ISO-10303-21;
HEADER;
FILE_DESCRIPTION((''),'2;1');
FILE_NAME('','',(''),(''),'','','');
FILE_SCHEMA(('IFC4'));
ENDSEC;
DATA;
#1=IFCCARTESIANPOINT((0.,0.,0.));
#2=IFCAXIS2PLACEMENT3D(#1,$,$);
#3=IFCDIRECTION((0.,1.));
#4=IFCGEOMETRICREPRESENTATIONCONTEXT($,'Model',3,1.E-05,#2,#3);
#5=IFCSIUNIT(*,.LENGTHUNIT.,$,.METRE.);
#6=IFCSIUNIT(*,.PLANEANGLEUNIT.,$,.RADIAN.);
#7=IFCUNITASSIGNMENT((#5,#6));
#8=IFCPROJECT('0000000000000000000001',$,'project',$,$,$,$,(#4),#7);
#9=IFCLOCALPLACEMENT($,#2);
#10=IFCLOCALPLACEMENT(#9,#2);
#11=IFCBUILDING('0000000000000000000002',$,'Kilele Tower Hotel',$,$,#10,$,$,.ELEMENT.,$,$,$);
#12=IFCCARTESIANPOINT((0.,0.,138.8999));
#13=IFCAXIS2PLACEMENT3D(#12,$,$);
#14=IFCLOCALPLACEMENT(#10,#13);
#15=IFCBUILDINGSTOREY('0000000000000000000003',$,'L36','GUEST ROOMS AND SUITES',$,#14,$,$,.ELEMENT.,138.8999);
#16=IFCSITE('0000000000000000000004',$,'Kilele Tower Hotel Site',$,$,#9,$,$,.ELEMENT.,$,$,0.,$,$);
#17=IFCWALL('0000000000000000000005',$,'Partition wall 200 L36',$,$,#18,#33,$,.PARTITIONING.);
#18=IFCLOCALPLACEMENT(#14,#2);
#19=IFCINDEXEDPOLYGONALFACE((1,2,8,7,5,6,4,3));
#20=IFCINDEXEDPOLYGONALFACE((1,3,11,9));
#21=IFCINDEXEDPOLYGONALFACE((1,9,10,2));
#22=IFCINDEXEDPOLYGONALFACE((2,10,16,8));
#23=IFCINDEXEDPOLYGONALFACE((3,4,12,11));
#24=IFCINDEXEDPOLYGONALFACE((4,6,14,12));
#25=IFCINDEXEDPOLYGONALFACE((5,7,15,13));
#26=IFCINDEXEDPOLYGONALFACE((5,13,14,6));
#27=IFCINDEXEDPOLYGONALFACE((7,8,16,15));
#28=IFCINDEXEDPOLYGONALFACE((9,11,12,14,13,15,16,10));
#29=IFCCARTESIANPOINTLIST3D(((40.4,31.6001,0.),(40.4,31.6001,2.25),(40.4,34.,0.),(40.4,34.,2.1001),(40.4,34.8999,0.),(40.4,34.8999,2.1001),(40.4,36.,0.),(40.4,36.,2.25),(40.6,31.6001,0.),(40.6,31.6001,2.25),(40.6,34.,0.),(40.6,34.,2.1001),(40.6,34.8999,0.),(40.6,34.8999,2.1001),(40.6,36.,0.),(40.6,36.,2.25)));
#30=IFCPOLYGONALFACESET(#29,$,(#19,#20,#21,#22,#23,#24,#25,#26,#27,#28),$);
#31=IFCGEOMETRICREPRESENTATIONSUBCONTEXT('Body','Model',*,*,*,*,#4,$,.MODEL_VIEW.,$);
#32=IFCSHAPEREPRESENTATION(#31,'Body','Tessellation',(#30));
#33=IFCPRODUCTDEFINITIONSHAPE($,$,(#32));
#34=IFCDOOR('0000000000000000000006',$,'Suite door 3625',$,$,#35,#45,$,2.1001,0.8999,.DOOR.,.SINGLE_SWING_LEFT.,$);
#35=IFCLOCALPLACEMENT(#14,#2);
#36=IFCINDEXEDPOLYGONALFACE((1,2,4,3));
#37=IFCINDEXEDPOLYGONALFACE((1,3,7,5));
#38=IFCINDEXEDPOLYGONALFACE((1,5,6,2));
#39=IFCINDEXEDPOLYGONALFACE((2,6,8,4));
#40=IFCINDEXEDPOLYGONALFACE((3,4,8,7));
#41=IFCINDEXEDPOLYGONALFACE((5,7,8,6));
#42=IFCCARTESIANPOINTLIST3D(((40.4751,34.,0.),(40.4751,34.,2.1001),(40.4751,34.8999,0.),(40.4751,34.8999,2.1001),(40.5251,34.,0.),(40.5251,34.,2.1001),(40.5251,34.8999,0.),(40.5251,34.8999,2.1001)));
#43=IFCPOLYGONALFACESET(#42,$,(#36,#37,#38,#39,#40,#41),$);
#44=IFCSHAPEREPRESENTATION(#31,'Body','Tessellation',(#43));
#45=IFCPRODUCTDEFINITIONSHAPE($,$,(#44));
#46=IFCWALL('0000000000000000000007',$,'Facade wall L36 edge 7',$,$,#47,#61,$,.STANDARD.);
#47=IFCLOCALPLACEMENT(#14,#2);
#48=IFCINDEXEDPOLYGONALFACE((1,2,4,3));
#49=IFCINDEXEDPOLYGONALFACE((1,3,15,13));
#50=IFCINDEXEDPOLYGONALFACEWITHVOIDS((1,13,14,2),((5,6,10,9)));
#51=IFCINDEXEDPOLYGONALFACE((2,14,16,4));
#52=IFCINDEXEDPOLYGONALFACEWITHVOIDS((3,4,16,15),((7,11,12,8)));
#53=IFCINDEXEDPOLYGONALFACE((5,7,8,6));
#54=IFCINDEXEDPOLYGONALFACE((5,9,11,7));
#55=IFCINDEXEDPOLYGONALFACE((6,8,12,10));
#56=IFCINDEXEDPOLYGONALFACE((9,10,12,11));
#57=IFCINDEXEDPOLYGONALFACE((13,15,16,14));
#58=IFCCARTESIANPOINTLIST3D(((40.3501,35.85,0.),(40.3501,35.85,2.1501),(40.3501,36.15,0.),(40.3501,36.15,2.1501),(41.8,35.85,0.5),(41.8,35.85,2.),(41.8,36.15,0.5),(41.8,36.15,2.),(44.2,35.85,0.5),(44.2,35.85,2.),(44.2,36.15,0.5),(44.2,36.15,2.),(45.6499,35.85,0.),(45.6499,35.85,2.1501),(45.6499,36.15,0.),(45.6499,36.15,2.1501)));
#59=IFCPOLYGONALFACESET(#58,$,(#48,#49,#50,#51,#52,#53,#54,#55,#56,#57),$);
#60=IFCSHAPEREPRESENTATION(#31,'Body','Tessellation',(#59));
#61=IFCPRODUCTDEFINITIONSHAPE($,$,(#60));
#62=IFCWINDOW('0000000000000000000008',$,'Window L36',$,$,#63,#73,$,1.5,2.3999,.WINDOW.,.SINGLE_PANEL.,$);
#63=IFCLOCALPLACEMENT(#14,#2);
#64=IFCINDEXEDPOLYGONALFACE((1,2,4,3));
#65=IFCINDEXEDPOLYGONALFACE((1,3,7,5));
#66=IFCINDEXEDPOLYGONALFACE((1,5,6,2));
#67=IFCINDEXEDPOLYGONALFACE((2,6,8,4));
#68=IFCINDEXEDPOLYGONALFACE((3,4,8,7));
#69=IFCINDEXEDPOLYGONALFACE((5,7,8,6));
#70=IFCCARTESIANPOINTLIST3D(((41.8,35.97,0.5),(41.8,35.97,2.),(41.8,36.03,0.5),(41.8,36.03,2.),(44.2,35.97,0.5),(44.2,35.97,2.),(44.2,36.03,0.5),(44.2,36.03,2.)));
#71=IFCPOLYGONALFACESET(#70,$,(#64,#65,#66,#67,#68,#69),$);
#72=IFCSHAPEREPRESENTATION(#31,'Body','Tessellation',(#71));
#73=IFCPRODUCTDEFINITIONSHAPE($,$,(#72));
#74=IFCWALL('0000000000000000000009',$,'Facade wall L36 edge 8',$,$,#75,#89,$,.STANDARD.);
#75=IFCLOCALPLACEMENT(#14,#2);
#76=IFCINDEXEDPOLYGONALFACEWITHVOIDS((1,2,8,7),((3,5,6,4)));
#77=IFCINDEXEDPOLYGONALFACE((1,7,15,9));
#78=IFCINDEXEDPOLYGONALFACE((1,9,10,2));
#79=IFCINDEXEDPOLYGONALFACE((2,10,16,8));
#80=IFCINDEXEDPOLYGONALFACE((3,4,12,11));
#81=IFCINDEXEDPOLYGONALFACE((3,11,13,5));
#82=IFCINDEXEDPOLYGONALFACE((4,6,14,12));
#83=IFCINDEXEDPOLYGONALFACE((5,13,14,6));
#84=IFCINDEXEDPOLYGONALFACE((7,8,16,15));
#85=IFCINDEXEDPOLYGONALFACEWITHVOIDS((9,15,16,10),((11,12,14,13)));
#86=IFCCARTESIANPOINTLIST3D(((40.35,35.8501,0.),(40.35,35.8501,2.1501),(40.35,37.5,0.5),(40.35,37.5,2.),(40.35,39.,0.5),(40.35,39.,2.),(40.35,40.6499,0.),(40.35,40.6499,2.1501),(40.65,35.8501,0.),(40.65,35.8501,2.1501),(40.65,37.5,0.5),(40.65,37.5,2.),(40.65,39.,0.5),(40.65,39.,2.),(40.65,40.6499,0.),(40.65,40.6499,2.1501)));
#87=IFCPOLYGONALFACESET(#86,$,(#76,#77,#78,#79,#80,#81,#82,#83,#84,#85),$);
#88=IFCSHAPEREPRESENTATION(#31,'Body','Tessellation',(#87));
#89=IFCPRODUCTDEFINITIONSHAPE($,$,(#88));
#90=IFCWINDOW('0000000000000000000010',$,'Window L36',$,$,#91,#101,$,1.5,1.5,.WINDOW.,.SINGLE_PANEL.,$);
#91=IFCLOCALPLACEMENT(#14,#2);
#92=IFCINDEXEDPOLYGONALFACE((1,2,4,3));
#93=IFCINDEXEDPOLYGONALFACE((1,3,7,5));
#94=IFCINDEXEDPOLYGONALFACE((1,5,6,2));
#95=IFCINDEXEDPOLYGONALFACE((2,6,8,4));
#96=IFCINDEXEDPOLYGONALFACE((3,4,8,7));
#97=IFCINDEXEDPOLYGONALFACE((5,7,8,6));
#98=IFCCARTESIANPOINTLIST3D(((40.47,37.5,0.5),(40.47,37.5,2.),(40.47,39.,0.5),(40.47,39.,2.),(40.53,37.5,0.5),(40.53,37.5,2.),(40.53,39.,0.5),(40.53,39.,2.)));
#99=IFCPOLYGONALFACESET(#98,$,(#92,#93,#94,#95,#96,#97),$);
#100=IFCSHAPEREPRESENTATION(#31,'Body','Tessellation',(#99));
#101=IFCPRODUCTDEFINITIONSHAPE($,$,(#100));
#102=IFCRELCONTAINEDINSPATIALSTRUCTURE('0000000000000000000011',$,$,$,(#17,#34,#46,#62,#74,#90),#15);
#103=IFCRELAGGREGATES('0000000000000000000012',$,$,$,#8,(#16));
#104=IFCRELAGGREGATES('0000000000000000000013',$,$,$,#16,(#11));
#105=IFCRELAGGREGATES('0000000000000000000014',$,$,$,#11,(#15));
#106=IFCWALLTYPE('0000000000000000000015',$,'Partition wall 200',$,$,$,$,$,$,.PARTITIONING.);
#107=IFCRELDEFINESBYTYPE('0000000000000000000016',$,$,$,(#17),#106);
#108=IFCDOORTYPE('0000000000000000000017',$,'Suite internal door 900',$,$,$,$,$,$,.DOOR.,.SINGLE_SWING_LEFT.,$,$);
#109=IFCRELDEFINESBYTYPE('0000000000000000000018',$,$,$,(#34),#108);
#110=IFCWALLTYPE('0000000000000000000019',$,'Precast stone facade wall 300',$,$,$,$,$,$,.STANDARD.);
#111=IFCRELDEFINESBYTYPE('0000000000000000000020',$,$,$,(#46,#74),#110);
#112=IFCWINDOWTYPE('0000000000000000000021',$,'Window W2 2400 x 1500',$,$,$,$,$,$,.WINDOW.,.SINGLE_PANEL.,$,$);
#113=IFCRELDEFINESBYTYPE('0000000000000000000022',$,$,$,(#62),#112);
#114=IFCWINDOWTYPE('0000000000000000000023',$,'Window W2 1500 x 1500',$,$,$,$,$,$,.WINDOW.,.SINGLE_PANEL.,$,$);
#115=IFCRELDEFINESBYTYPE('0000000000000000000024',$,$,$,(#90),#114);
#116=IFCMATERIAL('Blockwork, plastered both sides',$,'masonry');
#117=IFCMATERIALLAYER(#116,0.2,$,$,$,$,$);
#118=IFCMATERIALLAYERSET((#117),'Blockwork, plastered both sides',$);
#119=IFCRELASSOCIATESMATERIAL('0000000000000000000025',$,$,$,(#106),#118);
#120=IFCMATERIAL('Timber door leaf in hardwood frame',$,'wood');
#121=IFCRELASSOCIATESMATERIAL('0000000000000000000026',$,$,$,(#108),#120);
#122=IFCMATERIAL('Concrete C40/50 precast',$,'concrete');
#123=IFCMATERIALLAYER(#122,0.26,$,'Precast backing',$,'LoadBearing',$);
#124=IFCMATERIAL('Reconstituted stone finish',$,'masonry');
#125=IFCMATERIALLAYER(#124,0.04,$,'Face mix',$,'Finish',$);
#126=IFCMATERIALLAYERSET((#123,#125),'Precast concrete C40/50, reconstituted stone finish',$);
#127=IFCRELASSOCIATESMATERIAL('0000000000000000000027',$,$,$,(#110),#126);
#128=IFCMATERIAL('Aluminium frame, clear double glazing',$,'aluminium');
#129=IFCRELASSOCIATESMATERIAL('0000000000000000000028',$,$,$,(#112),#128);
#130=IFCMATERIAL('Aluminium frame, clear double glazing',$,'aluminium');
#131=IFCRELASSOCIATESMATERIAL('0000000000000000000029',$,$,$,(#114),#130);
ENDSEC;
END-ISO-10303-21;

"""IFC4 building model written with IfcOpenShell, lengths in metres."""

from ifc_helpers import new_model, si_unit, direction, frame, frame_2d, origin, place, context, subcontext, project, spatial, rectangle, extrude, material, layer, layer_set, type_object, element, fill, save


model = new_model("IFC4")

# Units and contexts
model_context = context("Model", 3, precision=1e-05, world=origin(), true_north=direction((0.0, 1.0)))
body_context = subcontext(model_context, "Body", "Model", "MODEL_VIEW")
ifc_project = project(units=[si_unit("LENGTHUNIT", "METRE"), si_unit("PLANEANGLEUNIT", "RADIAN")], contexts=[model_context])

# Site, building, storey
site_placement = place(None, origin())
site = spatial("IfcSite", under=ifc_project, at=site_placement, Name="Kilele Tower Hotel Site", CompositionType="ELEMENT", RefElevation=0.0)
building_placement = place(site_placement, origin())
building = spatial("IfcBuilding", under=site, at=building_placement, Name="Kilele Tower Hotel", CompositionType="ELEMENT")
storey_placement = place(building_placement, frame((0.0, 0.0, 138.8999)))
storey = spatial("IfcBuildingStorey", under=building, at=storey_placement, Name="L36", Description="GUEST ROOMS AND SUITES", CompositionType="ELEMENT", Elevation=138.8999)

# Wall, opening, door
ifc_material_1 = material(Name="Blockwork, plastered both sides", Category="masonry")
ifc_layer_1 = layer(ifc_material_1, 0.2)
ifc_layer_set_1 = layer_set([ifc_layer_1], Name="Blockwork, plastered both sides")
wall_type_1 = type_object("IfcWallType", Name="Partition wall 200", PredefinedType="PARTITIONING", material=ifc_layer_set_1)
wall_1_placement = place(storey_placement, frame((40.5, 31.6001, 0.0), z_axis=(0.0, 0.0, 1.0), x_axis=(0.0, 1.0, 0.0)))
wall_1 = element("IfcWall", 1, at=wall_1_placement, inside=storey, type_object=wall_type_1, Name="Partition wall 200 L36", PredefinedType="PARTITIONING", context=body_context, shape_type="SweptSolid", body=[
    extrude(rectangle(XDim=4.3999, YDim=0.2, at=frame_2d((2.2, 0.0))), origin(), (0.0, 0.0, 1.0), 2.25),
])
opening_1_placement = place(wall_1_placement, frame((2.3999, 0.0, 0.0)))
opening_1 = element("IfcOpeningElement", 2, at=opening_1_placement, cuts=wall_1, PredefinedType="OPENING", context=body_context, shape_type="SweptSolid", body=[
    extrude(rectangle(XDim=0.8999, YDim=2.1001, at=frame_2d((0.45, 1.05))), frame((0.0, 0.1099, 0.0), z_axis=(0.0, -1.0, 0.0), x_axis=(1.0, 0.0, 0.0)), (0.0, 0.0, 1.0), 0.22),
])
ifc_material_2 = material(Name="Timber door leaf in hardwood frame", Category="wood")
door_type_1 = type_object("IfcDoorType", Name="Suite internal door 900", OperationType="SINGLE_SWING_LEFT", PredefinedType="DOOR", material=ifc_material_2)
door_1_placement = place(opening_1_placement, origin())
door_1 = element("IfcDoor", 3, at=door_1_placement, inside=storey, type_object=door_type_1, Name="Suite door 3625", OperationType="SINGLE_SWING_LEFT", OverallHeight=2.1001, OverallWidth=0.8999, PredefinedType="DOOR", context=body_context, shape_type="SweptSolid", body=[
    extrude(rectangle(XDim=0.8999, YDim=2.1001, at=frame_2d((0.45, 1.05))), frame((0.0, 0.0249, 0.0), z_axis=(0.0, -1.0, 0.0), x_axis=(1.0, 0.0, 0.0)), (0.0, 0.0, 1.0), 0.05),
])
fill(opening_1, door_1)

# Walls, openings, windows
ifc_material_3 = material(Name="Concrete C40/50 precast", Category="concrete")
ifc_layer_2 = layer(ifc_material_3, 0.26, Name="Precast backing", Category="LoadBearing")
ifc_material_4 = material(Name="Reconstituted stone finish", Category="masonry")
ifc_layer_3 = layer(ifc_material_4, 0.04, Name="Face mix", Category="Finish")
ifc_layer_set_2 = layer_set([ifc_layer_2, ifc_layer_3], Name="Precast concrete C40/50, reconstituted stone finish")
wall_type_2 = type_object("IfcWallType", Name="Precast stone facade wall 300", PredefinedType="STANDARD", material=ifc_layer_set_2)
wall_2_placement = place(storey_placement, frame((45.6499, 36.0, 0.0), z_axis=(0.0, 0.0, 1.0), x_axis=(-1.0, 0.0, 0.0)))
wall_2 = element("IfcWall", 4, at=wall_2_placement, inside=storey, type_object=wall_type_2, Name="Facade wall L36 edge 7", PredefinedType="STANDARD", context=body_context, shape_type="SweptSolid", body=[
    extrude(rectangle(XDim=5.2998, YDim=0.3, at=frame_2d((2.6499, 0.0))), origin(), (0.0, 0.0, 1.0), 2.1501),
])
opening_2_placement = place(wall_2_placement, frame((1.45, 0.0, 0.5)))
opening_2 = element("IfcOpeningElement", 5, at=opening_2_placement, cuts=wall_2, PredefinedType="OPENING", context=body_context, shape_type="SweptSolid", body=[
    extrude(rectangle(XDim=2.3999, YDim=1.5, at=frame_2d((1.2, 0.75))), frame((0.0, 0.1599, 0.0), z_axis=(0.0, -1.0, 0.0), x_axis=(1.0, 0.0, 0.0)), (0.0, 0.0, 1.0), 0.3201),
])
ifc_material_5 = material(Name="Aluminium frame, clear double glazing", Category="aluminium")
window_type_1 = type_object("IfcWindowType", Name="Window W2 2400 x 1500", PartitioningType="SINGLE_PANEL", PredefinedType="WINDOW", material=ifc_material_5)
window_1_placement = place(opening_2_placement, origin())
window_1 = element("IfcWindow", 6, at=window_1_placement, inside=storey, type_object=window_type_1, Name="Window L36", OverallHeight=1.5, OverallWidth=2.3999, PartitioningType="SINGLE_PANEL", PredefinedType="WINDOW", context=body_context, shape_type="SweptSolid", body=[
    extrude(rectangle(XDim=2.3999, YDim=1.5, at=frame_2d((1.2, 0.75))), frame((0.0, 0.03, 0.0), z_axis=(0.0, -1.0, 0.0), x_axis=(1.0, 0.0, 0.0)), (0.0, 0.0, 1.0), 0.0601),
])
fill(opening_2, window_1)
wall_3_placement = place(storey_placement, frame((40.5, 35.8501, 0.0), z_axis=(0.0, 0.0, 1.0), x_axis=(0.0, 1.0, 0.0)))
wall_3 = element("IfcWall", 7, at=wall_3_placement, inside=storey, type_object=wall_type_2, Name="Facade wall L36 edge 8", PredefinedType="STANDARD", context=body_context, shape_type="SweptSolid", body=[
    extrude(rectangle(XDim=4.7998, YDim=0.3, at=frame_2d((2.3999, 0.0))), origin(), (0.0, 0.0, 1.0), 2.1501),
])
opening_3_placement = place(wall_3_placement, frame((1.6499, 0.0, 0.5)))
opening_3 = element("IfcOpeningElement", 8, at=opening_3_placement, cuts=wall_3, PredefinedType="OPENING", context=body_context, shape_type="SweptSolid", body=[
    extrude(rectangle(XDim=1.5, YDim=1.5, at=frame_2d((0.75, 0.75))), frame((0.0, 0.1599, 0.0), z_axis=(0.0, -1.0, 0.0), x_axis=(1.0, 0.0, 0.0)), (0.0, 0.0, 1.0), 0.3201),
])
ifc_material_6 = material(Name="Aluminium frame, clear double glazing", Category="aluminium")
window_type_2 = type_object("IfcWindowType", Name="Window W2 1500 x 1500", PartitioningType="SINGLE_PANEL", PredefinedType="WINDOW", material=ifc_material_6)
window_2_placement = place(opening_3_placement, origin())
window_2 = element("IfcWindow", 9, at=window_2_placement, inside=storey, type_object=window_type_2, Name="Window L36", OverallHeight=1.5, OverallWidth=1.5, PartitioningType="SINGLE_PANEL", PredefinedType="WINDOW", context=body_context, shape_type="SweptSolid", body=[
    extrude(rectangle(XDim=1.5, YDim=1.5, at=frame_2d((0.75, 0.75))), frame((0.0, 0.03, 0.0), z_axis=(0.0, -1.0, 0.0), x_axis=(1.0, 0.0, 0.0)), (0.0, 0.0, 1.0), 0.0601),
])
fill(opening_3, window_2)

save(model, "model.ifc")
